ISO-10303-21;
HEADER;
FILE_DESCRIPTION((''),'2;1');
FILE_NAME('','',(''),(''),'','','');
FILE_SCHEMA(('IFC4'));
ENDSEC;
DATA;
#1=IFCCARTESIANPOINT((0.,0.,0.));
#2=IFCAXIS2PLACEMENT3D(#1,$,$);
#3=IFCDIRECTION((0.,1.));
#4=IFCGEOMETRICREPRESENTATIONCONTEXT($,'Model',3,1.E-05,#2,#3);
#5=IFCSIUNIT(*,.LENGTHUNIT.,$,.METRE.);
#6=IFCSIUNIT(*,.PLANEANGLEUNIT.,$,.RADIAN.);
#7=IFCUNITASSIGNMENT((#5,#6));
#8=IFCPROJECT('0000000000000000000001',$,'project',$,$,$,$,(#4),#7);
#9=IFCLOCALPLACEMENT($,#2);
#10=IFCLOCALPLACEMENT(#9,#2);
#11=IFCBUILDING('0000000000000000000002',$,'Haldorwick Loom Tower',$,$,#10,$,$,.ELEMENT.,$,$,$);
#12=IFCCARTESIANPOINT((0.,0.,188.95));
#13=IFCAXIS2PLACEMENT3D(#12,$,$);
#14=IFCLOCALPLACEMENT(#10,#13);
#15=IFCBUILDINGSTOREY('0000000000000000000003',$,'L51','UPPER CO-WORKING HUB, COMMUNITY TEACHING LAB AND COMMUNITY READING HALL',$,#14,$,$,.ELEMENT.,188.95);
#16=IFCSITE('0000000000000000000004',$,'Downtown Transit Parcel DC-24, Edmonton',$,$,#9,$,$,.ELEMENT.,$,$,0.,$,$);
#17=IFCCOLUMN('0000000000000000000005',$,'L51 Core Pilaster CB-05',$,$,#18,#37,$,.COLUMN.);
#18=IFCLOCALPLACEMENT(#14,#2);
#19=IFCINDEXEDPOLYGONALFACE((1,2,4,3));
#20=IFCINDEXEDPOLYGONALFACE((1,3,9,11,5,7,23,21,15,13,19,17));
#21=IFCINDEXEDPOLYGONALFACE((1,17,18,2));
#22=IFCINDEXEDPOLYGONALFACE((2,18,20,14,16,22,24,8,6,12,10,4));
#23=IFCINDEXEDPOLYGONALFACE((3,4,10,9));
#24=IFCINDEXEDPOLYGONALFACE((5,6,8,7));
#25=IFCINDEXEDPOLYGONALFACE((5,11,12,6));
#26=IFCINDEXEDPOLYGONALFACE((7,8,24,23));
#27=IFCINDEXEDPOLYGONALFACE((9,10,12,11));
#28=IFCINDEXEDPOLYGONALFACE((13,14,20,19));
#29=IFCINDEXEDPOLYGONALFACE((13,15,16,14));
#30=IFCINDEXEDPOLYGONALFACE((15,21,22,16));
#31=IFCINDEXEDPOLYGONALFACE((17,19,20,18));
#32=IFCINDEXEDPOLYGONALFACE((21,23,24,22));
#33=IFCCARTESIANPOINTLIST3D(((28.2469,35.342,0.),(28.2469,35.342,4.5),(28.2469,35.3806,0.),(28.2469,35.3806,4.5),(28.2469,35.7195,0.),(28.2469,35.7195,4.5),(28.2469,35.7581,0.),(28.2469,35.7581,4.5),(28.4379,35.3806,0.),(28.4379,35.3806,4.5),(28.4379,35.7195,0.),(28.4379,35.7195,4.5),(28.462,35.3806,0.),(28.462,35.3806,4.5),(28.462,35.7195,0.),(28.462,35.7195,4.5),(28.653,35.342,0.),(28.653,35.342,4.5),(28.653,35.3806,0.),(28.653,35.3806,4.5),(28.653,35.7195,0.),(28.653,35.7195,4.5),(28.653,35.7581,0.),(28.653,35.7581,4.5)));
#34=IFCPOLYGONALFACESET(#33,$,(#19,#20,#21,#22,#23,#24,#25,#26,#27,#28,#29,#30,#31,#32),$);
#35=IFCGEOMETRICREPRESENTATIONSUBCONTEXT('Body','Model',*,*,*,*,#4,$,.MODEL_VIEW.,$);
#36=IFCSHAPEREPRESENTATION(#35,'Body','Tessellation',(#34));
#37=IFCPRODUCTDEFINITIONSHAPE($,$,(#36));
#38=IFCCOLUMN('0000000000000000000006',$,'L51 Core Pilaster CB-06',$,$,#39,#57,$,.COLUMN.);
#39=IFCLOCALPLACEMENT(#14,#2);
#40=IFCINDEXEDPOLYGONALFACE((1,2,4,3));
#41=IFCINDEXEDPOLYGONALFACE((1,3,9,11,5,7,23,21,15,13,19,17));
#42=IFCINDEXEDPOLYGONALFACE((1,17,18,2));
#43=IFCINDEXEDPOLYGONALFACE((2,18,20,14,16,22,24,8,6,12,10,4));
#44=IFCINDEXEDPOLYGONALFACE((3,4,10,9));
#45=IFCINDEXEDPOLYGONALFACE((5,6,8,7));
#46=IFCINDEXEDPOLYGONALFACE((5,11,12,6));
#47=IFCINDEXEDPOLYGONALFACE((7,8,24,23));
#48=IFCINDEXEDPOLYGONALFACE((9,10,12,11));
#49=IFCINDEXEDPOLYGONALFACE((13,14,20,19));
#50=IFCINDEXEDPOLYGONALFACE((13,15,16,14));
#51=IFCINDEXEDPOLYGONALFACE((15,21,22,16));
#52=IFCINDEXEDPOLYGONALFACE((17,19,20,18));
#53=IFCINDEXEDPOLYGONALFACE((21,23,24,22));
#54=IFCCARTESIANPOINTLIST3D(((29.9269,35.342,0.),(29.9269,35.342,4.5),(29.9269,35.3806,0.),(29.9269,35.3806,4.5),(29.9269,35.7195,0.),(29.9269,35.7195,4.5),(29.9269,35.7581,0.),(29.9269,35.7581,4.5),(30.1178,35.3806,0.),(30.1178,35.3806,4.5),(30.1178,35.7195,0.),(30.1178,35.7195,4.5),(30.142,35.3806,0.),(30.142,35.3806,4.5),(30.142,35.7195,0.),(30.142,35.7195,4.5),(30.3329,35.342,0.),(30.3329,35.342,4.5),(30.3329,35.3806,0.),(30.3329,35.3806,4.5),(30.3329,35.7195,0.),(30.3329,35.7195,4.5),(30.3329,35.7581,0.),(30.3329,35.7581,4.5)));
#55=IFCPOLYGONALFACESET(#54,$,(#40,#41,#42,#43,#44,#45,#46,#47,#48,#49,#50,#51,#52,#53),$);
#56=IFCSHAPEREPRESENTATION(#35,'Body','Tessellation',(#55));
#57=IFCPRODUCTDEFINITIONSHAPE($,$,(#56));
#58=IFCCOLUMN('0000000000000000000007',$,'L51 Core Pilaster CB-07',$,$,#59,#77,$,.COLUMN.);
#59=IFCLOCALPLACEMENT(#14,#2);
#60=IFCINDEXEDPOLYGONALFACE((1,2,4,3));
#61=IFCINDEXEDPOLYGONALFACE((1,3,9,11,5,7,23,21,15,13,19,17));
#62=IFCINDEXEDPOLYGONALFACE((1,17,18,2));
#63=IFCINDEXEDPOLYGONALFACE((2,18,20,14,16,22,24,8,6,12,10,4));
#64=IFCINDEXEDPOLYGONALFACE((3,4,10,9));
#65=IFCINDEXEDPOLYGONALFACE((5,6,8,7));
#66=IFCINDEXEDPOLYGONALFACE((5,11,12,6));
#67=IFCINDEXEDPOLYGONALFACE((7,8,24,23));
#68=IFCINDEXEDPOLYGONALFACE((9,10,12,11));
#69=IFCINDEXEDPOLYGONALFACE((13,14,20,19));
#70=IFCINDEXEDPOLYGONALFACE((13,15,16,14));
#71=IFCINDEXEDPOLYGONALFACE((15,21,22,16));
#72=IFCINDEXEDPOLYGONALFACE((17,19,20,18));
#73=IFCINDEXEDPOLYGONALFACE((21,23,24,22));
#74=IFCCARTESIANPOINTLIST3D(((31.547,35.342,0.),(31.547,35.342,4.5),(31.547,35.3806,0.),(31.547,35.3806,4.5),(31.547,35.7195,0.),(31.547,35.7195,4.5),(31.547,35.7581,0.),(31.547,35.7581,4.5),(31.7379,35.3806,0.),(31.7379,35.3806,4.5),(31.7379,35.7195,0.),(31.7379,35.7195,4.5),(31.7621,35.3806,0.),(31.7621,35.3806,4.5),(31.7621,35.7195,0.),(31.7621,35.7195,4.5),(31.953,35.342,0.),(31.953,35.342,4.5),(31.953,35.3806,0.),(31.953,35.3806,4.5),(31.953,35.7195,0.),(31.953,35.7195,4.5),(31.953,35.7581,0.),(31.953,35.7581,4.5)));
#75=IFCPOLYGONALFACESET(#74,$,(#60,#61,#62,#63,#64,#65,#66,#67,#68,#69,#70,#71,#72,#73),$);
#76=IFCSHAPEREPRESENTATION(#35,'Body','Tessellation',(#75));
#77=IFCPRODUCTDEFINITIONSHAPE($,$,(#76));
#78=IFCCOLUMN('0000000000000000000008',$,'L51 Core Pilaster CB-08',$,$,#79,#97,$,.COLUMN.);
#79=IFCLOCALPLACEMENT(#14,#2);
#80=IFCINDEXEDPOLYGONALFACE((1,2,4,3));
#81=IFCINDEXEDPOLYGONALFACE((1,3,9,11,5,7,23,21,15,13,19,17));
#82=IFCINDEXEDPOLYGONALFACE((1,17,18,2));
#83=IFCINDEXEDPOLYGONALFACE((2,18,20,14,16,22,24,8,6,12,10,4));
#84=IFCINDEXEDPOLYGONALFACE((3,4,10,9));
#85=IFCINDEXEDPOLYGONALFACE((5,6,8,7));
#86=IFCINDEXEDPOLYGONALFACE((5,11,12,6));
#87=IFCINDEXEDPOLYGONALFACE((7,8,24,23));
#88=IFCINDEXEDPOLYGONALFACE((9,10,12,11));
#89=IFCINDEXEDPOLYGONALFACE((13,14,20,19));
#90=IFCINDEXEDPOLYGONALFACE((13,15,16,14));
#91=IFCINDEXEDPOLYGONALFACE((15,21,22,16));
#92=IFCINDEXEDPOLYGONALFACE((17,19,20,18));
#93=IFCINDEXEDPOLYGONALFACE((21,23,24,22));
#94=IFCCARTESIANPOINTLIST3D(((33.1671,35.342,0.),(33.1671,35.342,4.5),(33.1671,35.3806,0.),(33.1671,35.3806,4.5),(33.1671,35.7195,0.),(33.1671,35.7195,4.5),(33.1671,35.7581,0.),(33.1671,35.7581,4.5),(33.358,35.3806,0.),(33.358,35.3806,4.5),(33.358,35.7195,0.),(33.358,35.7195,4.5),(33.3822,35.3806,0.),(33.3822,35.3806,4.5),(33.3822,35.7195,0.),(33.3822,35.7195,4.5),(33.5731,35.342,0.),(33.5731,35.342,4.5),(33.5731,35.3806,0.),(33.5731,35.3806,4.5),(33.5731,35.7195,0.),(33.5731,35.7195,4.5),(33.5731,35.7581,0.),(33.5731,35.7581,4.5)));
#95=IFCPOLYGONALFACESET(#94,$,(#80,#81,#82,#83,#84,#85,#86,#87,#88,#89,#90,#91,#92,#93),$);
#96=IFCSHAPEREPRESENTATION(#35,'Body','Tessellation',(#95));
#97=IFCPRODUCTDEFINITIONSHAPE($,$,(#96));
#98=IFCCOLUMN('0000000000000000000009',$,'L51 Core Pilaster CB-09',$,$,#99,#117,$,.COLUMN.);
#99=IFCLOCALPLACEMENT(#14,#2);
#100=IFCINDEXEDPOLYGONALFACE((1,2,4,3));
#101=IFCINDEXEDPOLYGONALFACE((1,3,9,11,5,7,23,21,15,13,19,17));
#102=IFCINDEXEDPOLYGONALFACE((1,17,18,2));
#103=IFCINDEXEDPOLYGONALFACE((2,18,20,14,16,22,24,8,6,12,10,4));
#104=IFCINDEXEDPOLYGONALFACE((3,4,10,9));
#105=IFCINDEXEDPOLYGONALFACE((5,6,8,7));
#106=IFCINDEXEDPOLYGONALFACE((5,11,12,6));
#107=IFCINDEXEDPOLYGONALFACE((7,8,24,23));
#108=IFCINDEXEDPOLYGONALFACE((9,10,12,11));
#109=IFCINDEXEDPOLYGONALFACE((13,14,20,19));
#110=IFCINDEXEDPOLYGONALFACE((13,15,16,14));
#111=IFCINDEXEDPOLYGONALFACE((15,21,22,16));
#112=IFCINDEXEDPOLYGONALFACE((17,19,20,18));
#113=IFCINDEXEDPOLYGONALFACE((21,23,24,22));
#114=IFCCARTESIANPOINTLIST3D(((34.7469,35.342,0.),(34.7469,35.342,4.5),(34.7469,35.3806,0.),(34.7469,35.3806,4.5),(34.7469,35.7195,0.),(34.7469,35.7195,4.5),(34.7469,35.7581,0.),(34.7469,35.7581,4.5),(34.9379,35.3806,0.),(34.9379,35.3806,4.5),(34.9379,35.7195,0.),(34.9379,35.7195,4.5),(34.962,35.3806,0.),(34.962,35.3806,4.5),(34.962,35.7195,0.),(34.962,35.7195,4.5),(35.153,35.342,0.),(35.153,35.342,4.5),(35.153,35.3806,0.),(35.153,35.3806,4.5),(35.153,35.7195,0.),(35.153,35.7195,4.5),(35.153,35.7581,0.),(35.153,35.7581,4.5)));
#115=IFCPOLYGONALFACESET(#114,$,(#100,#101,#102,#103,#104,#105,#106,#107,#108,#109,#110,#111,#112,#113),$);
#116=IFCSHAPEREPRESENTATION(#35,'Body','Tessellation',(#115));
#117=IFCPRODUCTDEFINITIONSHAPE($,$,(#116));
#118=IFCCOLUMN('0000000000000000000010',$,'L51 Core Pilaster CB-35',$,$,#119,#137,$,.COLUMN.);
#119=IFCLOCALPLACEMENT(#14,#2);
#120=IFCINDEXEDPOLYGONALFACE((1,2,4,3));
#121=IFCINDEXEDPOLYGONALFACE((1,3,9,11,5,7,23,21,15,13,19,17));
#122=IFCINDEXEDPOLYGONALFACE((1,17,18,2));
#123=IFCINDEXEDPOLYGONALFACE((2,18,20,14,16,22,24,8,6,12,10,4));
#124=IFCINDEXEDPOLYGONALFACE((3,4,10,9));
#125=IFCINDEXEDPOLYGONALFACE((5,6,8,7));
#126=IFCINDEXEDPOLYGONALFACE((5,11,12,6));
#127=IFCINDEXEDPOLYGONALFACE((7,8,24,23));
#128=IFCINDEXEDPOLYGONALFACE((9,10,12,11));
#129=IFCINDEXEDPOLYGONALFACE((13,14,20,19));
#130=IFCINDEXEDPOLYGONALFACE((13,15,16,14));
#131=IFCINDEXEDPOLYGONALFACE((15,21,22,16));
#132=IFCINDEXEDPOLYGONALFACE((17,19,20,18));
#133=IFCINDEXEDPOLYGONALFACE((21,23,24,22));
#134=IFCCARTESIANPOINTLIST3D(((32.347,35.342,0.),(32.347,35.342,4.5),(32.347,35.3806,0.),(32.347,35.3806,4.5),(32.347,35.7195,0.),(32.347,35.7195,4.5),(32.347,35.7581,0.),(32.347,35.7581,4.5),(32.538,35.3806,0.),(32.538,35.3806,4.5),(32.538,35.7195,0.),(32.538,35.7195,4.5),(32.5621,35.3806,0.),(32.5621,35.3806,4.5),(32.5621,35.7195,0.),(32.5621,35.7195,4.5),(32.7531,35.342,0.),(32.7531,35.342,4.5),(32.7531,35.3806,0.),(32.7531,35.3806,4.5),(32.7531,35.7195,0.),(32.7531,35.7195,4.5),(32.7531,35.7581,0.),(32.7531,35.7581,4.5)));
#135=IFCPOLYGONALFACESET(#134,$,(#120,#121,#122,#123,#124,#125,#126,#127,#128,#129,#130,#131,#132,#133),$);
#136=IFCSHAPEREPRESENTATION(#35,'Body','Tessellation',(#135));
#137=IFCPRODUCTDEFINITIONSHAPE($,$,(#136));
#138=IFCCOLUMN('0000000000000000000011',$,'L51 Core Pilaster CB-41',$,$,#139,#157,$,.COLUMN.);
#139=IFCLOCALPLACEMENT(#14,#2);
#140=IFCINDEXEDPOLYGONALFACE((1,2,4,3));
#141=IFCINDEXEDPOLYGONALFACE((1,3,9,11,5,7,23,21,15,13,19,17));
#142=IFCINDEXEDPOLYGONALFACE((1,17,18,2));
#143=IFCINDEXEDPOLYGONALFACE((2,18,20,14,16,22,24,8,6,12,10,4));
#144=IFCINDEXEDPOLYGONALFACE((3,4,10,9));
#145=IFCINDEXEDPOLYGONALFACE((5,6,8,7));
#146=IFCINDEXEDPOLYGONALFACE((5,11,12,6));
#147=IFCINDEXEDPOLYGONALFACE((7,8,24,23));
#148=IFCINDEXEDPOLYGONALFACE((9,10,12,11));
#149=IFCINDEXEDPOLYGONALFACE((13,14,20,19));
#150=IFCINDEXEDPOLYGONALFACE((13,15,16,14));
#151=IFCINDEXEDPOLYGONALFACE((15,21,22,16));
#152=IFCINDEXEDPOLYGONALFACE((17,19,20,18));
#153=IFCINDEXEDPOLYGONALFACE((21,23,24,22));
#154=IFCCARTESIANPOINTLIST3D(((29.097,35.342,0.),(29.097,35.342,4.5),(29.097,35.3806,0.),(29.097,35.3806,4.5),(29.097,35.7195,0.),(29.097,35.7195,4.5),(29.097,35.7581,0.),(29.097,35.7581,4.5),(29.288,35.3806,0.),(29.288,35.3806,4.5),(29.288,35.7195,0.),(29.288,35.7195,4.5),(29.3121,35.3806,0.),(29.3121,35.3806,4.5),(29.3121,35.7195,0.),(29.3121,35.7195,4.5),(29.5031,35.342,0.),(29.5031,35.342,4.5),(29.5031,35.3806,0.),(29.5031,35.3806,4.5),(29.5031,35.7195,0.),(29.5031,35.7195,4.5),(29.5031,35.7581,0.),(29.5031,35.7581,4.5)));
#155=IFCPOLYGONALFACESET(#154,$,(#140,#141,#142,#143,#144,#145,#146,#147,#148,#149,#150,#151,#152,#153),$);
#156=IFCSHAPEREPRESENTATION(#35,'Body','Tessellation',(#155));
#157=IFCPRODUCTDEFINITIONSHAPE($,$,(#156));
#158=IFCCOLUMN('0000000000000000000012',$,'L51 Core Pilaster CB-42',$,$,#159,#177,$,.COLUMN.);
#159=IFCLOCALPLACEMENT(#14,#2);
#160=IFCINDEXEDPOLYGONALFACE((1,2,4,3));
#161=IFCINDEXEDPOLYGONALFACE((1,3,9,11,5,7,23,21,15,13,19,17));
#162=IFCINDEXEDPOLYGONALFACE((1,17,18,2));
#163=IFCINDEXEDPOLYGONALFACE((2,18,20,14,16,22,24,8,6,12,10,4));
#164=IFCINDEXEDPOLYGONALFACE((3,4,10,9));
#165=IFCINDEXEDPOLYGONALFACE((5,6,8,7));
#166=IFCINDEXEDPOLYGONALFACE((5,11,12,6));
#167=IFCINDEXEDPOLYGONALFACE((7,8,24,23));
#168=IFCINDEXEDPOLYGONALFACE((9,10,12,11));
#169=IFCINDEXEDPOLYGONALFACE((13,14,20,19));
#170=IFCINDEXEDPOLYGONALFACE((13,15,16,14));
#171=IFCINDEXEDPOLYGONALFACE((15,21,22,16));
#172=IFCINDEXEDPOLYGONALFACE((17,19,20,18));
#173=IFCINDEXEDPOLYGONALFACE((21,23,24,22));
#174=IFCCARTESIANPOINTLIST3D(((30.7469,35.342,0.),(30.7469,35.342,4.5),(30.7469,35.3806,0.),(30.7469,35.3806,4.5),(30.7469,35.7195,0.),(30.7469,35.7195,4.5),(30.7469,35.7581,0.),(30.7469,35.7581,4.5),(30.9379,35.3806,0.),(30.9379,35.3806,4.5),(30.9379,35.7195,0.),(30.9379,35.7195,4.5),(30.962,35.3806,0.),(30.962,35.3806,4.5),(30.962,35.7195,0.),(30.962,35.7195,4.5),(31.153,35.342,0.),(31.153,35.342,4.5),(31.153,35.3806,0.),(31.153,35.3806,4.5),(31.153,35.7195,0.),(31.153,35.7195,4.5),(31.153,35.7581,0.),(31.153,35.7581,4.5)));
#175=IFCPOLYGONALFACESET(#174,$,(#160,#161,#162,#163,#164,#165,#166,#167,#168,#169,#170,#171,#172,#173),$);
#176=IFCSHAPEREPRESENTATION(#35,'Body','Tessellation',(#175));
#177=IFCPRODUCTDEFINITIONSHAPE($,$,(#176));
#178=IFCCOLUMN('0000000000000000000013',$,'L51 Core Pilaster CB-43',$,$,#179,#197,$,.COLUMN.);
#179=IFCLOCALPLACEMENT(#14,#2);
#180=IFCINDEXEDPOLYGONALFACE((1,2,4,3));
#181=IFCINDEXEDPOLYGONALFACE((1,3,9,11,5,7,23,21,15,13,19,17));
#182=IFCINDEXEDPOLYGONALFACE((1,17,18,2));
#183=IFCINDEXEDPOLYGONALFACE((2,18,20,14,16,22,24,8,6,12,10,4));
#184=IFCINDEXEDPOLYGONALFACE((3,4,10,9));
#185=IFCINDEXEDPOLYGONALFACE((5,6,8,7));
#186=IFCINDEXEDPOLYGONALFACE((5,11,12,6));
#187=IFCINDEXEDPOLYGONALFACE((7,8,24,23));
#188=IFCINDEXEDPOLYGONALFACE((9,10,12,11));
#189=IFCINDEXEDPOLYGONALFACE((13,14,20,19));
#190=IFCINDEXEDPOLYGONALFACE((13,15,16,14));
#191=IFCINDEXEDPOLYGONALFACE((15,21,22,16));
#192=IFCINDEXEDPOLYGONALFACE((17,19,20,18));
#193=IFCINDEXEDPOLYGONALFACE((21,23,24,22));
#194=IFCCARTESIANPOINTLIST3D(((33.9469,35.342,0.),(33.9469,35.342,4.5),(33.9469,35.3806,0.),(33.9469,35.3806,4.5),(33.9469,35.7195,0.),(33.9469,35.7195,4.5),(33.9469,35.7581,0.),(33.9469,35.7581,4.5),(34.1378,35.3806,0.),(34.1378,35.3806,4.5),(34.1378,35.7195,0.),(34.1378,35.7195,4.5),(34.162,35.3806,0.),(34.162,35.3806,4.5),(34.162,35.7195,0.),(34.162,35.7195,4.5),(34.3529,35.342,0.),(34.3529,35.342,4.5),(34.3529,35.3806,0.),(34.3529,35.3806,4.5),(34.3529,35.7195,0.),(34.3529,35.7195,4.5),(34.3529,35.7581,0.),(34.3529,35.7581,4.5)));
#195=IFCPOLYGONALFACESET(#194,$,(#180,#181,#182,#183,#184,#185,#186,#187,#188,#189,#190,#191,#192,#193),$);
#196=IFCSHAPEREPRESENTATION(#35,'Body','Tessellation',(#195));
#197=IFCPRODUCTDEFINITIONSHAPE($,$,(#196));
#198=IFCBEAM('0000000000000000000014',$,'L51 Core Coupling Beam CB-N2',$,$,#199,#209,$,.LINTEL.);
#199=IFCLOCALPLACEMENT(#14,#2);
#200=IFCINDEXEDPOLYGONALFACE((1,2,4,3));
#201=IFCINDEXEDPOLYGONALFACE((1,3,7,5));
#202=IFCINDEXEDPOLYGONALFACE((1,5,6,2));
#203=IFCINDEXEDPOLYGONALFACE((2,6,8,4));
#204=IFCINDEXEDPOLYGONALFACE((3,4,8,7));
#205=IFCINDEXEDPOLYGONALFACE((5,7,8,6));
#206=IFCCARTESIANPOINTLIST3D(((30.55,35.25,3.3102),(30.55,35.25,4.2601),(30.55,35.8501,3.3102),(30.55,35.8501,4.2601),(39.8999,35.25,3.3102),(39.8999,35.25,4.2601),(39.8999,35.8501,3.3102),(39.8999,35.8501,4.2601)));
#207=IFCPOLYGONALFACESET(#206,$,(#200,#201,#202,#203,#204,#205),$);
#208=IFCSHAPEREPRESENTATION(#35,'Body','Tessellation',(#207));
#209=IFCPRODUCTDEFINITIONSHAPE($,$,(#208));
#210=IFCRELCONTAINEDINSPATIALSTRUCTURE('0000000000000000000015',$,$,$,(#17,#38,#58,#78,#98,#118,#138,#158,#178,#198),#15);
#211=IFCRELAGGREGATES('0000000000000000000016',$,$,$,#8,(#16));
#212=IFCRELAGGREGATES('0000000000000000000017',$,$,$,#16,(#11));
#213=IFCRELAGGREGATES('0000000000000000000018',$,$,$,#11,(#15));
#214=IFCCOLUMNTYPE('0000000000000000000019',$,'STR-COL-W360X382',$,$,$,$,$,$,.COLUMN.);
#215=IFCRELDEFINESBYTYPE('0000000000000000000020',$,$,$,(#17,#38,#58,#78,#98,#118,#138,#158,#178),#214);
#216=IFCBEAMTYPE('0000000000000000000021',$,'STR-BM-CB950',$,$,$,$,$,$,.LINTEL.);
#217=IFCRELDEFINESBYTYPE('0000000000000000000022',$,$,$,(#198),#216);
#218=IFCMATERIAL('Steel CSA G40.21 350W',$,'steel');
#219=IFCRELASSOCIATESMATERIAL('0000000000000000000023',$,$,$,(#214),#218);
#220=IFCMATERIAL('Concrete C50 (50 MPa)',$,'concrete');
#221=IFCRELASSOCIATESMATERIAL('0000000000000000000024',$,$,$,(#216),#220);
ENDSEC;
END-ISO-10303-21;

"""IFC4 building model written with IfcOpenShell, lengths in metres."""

from ifc_helpers import new_model, si_unit, direction, frame, origin, origin_2d, place, context, subcontext, project, spatial, rectangle, i_section, extrude, material, material_profile, profile_set, type_object, element, save


model = new_model("IFC4")

# Units and contexts
model_context = context("Model", 3, precision=1e-05, world=origin(), true_north=direction((0.0, 1.0)))
body_context = subcontext(model_context, "Body", "Model", "MODEL_VIEW")
ifc_project = project(units=[si_unit("LENGTHUNIT", "METRE"), si_unit("PLANEANGLEUNIT", "RADIAN")], contexts=[model_context])

# Site, building, storey
site_placement = place(None, origin())
site = spatial("IfcSite", under=ifc_project, at=site_placement, Name="Downtown Transit Parcel DC-24, Edmonton", CompositionType="ELEMENT", RefElevation=0.0)
building_placement = place(site_placement, origin())
building = spatial("IfcBuilding", under=site, at=building_placement, Name="Haldorwick Loom Tower", CompositionType="ELEMENT")
storey_placement = place(building_placement, frame((0.0, 0.0, 188.95)))
storey = spatial("IfcBuildingStorey", under=building, at=storey_placement, Name="L51", Description="UPPER CO-WORKING HUB, COMMUNITY TEACHING LAB AND COMMUNITY READING HALL", CompositionType="ELEMENT", Elevation=188.95)

# Columns
ifc_material_1 = material(Name="Steel CSA G40.21 350W", Category="steel")
ifc_material_profile_1 = material_profile(ifc_material_1, i_section(OverallWidth=0.406, OverallDepth=0.416, WebThickness=0.0242, FlangeThickness=0.0386, at=origin_2d()), Name="W360X382", Category="steel")
ifc_profile_set_1 = profile_set([ifc_material_profile_1], Name="Steel CSA G40.21 350W")
column_type = type_object("IfcColumnType", Name="STR-COL-W360X382", PredefinedType="COLUMN", material=ifc_profile_set_1)
for number, where, z_axis, x_axis, name in (
    (1, (28.45, 35.55, 0.0), (0.0, 0.0, 1.0), (1.0, 0.0, 0.0), "L51 Core Pilaster CB-05"),
    (2, (30.1299, 35.55, 0.0), (0.0, 0.0, 1.0), (1.0, 0.0, 0.0), "L51 Core Pilaster CB-06"),
    (3, (31.75, 35.55, 0.0), (0.0, 0.0, 1.0), (1.0, 0.0, 0.0), "L51 Core Pilaster CB-07"),
    (4, (33.3701, 35.55, 0.0), (0.0, 0.0, 1.0), (1.0, 0.0, 0.0), "L51 Core Pilaster CB-08"),
    (5, (34.95, 35.55, 0.0), (0.0, 0.0, 1.0), (1.0, 0.0, 0.0), "L51 Core Pilaster CB-09"),
    (6, (32.55, 35.55, 0.0), (0.0, 0.0, 1.0), (1.0, 0.0, 0.0), "L51 Core Pilaster CB-35"),
    (7, (29.3, 35.55, 0.0), (0.0, 0.0, 1.0), (1.0, 0.0, 0.0), "L51 Core Pilaster CB-41"),
    (8, (30.95, 35.55, 0.0), (0.0, 0.0, 1.0), (1.0, 0.0, 0.0), "L51 Core Pilaster CB-42"),
    (9, (34.1499, 35.55, 0.0), (0.0, 0.0, 1.0), (1.0, 0.0, 0.0), "L51 Core Pilaster CB-43"),
):
    element("IfcColumn", number, at=place(storey_placement, frame(where, z_axis=z_axis, x_axis=x_axis)), inside=storey, type_object=column_type, Name=name, PredefinedType="COLUMN", context=body_context, shape_type="SweptSolid", body=[
        extrude(i_section(OverallWidth=0.406, OverallDepth=0.416, WebThickness=0.0242, FlangeThickness=0.0386, at=origin_2d()), origin(), (0.0, 0.0, 1.0), 4.5),
    ])

# Beam
ifc_material_2 = material(Name="Concrete C50 (50 MPa)", Category="concrete")
ifc_material_profile_2 = material_profile(ifc_material_2, rectangle(XDim=0.6001, YDim=0.95, at=origin_2d()), Name="RC600X950", Category="concrete")
ifc_profile_set_2 = profile_set([ifc_material_profile_2], Name="Concrete C50 (50 MPa)")
beam_type_1 = type_object("IfcBeamType", Name="STR-BM-CB950", PredefinedType="LINTEL", material=ifc_profile_set_2)
beam_1_placement = place(storey_placement, frame((30.55, 35.55, 3.7852), z_axis=(1.0, 0.0, 0.0), x_axis=(0.0, 1.0, 0.0)))
element("IfcBeam", 10, at=beam_1_placement, inside=storey, type_object=beam_type_1, Name="L51 Core Coupling Beam CB-N2", PredefinedType="LINTEL", context=body_context, shape_type="SweptSolid", body=[
    extrude(rectangle(XDim=0.6001, YDim=0.95, at=origin_2d()), origin(), (0.0, 0.0, 1.0), 9.3499),
])

save(model, "model.ifc")
